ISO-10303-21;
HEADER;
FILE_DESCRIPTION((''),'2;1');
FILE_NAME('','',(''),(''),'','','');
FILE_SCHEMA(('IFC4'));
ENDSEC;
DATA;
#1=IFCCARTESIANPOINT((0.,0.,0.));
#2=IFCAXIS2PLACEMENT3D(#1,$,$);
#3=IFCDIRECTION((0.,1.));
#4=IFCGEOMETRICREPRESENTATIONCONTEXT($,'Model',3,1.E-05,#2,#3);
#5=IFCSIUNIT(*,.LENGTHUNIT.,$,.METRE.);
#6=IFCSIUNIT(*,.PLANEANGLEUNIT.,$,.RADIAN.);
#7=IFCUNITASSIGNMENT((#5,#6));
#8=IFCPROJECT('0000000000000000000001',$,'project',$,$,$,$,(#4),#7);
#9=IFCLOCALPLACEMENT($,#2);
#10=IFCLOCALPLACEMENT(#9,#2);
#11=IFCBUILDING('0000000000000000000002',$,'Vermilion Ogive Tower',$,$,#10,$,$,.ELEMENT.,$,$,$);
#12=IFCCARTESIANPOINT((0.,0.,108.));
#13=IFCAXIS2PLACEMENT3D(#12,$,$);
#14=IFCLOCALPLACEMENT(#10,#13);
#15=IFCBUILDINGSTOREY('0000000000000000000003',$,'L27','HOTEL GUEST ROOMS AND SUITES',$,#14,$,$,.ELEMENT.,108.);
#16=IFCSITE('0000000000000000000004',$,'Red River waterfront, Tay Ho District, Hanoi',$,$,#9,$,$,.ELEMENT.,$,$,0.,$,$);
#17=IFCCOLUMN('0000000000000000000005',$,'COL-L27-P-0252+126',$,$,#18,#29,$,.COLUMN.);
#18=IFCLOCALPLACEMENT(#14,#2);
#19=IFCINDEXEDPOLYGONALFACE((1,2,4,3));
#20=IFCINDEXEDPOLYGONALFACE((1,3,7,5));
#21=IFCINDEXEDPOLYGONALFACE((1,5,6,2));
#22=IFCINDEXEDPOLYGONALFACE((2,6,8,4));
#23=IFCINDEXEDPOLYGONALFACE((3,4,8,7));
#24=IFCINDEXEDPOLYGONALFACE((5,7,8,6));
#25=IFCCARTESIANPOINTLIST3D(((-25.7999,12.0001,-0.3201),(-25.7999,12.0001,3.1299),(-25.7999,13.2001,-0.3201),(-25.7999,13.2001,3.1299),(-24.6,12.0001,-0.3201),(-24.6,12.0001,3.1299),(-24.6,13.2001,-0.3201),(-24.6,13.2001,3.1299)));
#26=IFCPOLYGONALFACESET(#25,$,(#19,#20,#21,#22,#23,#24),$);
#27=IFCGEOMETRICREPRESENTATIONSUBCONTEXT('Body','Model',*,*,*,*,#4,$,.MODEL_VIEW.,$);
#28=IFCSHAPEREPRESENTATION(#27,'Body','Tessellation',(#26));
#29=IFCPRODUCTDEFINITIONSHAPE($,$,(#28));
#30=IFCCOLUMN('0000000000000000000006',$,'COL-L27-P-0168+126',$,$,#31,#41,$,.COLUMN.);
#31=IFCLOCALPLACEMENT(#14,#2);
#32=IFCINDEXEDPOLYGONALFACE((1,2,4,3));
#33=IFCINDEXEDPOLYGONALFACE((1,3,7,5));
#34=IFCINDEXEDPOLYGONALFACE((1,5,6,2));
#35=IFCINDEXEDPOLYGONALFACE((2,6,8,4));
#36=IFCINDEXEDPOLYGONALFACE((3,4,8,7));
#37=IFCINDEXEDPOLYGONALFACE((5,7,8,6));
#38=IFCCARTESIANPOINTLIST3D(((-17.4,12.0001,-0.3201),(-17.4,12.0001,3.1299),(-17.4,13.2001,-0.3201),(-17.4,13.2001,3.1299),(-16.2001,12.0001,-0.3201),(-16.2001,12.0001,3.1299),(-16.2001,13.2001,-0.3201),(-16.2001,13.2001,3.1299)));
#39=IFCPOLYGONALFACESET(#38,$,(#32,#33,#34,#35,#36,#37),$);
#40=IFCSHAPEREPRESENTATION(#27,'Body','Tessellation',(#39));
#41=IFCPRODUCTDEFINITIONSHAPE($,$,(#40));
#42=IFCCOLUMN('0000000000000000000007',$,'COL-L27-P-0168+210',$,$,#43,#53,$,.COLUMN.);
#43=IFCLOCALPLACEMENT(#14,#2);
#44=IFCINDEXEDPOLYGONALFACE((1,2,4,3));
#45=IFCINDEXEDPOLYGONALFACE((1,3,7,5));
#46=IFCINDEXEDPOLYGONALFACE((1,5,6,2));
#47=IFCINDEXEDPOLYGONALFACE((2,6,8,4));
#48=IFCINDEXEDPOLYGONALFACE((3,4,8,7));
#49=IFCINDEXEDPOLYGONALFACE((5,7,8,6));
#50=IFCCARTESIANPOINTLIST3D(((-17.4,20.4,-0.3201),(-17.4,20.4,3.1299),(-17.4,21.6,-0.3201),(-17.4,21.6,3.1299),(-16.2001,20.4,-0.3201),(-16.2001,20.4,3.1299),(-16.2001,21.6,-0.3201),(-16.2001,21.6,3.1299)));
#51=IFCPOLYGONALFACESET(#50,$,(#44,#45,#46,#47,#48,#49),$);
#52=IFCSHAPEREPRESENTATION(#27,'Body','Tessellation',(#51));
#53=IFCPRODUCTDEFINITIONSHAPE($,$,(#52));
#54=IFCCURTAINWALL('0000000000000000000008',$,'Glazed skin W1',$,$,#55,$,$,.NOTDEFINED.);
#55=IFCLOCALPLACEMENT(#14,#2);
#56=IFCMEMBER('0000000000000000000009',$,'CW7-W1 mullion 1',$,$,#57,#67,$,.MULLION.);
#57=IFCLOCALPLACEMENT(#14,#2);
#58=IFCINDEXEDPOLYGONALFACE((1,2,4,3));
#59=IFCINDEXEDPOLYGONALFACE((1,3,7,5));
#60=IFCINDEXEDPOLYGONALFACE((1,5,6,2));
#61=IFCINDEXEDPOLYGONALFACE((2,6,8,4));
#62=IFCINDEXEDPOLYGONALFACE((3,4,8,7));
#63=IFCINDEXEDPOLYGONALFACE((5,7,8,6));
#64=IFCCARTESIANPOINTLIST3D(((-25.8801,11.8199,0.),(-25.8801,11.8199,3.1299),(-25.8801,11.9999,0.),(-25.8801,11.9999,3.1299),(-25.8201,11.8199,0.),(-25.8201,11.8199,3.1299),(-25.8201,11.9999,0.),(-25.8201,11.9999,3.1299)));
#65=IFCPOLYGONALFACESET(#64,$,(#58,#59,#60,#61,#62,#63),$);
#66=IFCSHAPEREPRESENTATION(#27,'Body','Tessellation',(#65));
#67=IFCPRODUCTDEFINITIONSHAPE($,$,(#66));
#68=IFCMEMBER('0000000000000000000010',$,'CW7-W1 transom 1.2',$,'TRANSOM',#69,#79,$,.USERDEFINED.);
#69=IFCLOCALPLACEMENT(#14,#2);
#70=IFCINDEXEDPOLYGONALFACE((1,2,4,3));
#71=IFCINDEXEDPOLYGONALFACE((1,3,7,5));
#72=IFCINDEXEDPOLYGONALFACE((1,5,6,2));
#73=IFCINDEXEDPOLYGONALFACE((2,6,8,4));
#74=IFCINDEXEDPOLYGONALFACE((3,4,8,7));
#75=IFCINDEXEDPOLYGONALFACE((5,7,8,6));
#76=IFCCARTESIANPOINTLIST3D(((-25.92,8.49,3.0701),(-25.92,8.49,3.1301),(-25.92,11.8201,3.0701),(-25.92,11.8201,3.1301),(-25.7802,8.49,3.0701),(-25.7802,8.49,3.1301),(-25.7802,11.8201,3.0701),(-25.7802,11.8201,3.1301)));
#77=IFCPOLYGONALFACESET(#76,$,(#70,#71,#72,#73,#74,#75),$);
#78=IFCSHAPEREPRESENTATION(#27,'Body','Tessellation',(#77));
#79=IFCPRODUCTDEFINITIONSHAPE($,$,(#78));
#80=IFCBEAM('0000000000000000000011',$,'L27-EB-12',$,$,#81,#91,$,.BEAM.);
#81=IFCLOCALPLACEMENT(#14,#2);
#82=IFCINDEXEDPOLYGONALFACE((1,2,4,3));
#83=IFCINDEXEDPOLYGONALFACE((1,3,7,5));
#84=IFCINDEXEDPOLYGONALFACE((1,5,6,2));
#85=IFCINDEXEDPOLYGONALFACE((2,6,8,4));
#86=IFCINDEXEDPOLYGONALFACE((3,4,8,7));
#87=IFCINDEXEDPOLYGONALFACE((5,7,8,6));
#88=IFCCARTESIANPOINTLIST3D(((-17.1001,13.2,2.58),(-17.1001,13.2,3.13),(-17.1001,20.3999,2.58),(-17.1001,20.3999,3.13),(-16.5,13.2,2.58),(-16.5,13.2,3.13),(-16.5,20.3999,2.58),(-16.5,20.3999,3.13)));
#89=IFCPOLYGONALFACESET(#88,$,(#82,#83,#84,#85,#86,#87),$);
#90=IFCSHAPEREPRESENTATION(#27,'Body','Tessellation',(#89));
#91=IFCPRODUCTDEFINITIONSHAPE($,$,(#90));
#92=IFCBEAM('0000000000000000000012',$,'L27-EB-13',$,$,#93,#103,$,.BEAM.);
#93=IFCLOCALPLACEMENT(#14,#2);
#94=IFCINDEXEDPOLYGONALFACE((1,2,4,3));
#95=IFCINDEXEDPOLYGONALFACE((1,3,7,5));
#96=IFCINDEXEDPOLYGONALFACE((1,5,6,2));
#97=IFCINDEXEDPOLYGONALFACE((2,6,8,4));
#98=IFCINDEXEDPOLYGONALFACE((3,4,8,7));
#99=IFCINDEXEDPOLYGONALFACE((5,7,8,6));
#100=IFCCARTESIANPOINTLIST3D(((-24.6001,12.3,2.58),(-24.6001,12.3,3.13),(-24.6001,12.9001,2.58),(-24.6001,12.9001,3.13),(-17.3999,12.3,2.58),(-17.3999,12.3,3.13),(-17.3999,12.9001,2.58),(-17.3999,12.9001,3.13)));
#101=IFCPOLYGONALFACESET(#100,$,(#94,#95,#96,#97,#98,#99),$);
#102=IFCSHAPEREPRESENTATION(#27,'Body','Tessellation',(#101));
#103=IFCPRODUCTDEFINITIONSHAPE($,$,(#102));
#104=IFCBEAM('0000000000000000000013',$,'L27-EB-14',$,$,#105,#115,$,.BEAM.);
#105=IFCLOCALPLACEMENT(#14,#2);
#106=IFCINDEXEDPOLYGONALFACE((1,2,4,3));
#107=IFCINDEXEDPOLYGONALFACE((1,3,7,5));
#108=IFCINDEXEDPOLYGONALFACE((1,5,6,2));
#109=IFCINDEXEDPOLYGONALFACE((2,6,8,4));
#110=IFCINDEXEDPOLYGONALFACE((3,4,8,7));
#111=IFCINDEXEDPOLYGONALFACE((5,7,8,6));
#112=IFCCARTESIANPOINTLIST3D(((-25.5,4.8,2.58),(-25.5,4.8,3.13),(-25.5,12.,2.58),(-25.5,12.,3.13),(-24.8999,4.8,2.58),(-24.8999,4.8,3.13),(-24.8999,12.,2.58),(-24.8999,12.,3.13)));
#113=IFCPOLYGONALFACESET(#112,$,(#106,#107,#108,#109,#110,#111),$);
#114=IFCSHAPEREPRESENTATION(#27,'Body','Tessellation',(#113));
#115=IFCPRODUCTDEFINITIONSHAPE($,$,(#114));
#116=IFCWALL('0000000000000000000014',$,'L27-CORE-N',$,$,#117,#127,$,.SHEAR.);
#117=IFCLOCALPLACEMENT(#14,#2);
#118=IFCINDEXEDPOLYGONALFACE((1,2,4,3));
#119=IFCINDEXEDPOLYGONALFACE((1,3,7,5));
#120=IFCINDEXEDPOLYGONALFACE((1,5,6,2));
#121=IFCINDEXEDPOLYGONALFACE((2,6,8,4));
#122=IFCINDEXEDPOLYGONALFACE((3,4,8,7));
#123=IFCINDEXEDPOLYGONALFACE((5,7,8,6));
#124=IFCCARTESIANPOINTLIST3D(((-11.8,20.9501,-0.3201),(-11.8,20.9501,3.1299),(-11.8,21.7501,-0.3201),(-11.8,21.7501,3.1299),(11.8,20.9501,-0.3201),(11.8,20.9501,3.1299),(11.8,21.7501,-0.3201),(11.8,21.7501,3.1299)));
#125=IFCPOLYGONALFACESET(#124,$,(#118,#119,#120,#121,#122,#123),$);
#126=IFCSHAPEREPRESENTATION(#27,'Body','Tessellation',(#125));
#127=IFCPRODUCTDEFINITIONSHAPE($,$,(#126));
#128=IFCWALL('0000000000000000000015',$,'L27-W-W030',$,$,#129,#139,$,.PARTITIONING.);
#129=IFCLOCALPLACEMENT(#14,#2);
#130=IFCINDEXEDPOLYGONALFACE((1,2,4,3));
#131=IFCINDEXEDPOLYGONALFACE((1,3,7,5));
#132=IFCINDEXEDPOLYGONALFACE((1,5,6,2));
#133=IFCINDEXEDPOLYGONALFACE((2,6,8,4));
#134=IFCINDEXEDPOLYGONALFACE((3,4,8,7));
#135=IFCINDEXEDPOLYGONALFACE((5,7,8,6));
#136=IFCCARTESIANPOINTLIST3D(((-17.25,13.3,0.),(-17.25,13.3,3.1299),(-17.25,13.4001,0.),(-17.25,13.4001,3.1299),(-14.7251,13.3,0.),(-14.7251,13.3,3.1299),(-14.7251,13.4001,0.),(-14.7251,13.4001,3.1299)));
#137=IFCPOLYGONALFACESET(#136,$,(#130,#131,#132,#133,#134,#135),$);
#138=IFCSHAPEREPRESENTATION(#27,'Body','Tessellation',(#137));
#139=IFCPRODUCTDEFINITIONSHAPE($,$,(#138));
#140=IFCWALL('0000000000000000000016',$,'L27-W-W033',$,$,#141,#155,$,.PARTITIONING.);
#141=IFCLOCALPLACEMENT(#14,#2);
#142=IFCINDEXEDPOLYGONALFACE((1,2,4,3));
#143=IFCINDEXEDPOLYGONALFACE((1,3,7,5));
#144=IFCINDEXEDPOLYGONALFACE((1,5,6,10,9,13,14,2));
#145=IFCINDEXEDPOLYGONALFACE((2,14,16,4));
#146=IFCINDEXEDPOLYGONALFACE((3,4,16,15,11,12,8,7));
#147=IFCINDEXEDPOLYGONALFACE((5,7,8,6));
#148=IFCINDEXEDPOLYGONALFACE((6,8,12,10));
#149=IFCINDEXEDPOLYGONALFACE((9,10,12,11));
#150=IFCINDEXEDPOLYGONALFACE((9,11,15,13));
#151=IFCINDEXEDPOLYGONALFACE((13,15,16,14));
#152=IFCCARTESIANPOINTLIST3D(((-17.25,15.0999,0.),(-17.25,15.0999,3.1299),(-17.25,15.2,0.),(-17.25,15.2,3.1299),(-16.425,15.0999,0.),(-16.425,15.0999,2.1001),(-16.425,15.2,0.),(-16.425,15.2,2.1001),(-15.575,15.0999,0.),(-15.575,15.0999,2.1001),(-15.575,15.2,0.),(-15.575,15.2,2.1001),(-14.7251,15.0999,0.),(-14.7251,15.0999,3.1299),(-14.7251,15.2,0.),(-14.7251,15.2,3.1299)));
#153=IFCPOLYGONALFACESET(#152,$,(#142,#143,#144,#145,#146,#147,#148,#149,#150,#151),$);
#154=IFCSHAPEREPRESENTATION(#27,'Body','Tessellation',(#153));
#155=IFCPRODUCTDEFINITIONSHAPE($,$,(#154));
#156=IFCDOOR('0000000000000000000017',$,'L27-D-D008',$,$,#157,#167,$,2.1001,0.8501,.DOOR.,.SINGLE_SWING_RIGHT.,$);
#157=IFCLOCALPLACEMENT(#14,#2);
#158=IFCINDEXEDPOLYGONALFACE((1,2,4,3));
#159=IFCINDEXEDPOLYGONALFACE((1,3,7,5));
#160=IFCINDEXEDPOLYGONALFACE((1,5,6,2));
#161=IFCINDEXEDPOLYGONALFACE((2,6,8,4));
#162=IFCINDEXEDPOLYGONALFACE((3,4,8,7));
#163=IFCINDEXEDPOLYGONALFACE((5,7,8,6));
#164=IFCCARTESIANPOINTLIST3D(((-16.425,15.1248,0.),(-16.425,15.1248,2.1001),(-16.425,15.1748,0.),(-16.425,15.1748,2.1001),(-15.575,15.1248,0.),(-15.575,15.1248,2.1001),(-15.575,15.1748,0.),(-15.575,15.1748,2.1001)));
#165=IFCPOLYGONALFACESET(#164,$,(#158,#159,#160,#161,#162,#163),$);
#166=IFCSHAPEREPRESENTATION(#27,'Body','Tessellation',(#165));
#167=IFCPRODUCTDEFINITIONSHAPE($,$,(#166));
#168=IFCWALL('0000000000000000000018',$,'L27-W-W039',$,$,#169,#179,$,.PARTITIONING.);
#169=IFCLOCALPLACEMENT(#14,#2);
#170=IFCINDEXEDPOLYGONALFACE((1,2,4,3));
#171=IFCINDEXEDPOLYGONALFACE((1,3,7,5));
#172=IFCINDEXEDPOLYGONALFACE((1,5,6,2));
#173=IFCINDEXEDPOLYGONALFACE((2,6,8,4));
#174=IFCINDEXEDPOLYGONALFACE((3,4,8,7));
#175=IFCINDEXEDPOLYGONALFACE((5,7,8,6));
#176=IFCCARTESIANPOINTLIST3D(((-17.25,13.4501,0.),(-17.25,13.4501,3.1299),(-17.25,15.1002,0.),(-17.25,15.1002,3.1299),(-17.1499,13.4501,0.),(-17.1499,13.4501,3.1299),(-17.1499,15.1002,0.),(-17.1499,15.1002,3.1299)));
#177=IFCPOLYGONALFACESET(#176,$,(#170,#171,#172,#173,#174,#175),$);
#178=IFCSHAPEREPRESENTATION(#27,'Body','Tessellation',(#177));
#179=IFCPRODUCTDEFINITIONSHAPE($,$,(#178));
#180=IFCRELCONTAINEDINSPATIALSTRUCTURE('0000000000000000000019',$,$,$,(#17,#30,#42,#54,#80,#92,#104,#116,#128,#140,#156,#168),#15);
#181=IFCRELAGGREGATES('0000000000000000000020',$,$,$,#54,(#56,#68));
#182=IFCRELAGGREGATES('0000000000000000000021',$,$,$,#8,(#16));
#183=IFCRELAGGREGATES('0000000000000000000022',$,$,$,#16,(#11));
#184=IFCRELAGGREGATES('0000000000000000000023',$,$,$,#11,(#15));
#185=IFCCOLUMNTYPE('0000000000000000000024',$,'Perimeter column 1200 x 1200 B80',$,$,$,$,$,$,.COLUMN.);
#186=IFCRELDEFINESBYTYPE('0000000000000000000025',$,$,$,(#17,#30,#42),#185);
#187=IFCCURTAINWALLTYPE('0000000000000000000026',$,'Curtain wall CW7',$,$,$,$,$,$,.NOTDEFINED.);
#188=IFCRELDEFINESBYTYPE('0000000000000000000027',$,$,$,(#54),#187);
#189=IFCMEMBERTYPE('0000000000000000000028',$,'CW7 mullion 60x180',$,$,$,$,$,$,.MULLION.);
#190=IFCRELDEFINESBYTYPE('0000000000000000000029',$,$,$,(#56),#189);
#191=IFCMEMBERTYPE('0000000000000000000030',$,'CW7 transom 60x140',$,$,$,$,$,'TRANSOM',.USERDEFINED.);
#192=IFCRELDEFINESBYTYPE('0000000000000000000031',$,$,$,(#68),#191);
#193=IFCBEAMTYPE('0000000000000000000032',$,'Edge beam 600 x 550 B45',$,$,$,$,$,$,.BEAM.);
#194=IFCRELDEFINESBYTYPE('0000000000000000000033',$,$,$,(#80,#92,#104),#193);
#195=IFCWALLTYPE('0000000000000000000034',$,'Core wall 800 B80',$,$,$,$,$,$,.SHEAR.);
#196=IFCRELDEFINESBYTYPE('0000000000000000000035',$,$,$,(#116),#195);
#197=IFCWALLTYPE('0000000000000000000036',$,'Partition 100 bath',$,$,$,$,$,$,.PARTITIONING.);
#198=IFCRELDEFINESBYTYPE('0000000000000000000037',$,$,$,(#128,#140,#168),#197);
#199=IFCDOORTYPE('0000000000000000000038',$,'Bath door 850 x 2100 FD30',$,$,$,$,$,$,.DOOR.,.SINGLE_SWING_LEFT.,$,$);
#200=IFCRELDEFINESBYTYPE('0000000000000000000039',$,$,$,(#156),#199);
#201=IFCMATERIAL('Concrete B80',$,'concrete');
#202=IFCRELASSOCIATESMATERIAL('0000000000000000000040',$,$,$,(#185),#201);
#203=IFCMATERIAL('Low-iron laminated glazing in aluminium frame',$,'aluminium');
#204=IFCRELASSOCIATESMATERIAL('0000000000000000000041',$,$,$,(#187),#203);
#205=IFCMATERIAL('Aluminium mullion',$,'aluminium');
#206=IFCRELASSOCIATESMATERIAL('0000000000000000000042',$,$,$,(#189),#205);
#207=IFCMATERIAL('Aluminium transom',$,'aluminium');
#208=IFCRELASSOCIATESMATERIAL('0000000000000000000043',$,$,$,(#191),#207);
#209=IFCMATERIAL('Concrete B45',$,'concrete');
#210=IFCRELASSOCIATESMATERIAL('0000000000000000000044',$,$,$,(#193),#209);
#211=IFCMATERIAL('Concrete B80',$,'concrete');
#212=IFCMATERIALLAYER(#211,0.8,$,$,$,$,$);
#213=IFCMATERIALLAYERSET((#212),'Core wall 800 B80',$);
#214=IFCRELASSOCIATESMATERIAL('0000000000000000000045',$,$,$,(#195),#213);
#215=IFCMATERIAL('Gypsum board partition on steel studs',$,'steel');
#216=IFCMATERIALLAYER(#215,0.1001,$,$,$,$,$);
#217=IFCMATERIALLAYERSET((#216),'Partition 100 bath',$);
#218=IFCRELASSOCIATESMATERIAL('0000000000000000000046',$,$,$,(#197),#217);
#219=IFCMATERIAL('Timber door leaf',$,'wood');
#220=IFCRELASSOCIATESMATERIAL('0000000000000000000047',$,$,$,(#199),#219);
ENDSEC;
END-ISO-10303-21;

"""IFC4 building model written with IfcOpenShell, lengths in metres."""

from ifc_helpers import new_model, si_unit, direction, frame, frame_2d, origin, origin_2d, place, context, subcontext, project, spatial, rectangle, extrude, material, layer, layer_set, material_profile, profile_set, type_object, element, fill, aggregate, save


model = new_model("IFC4")

# Units and contexts
model_context = context("Model", 3, precision=1e-05, world=origin(), true_north=direction((0.0, 1.0)))
body_context = subcontext(model_context, "Body", "Model", "MODEL_VIEW")
ifc_project = project(units=[si_unit("LENGTHUNIT", "METRE"), si_unit("PLANEANGLEUNIT", "RADIAN")], contexts=[model_context])

# Site, building, storey
site_placement = place(None, origin())
site = spatial("IfcSite", under=ifc_project, at=site_placement, Name="Red River waterfront, Tay Ho District, Hanoi", CompositionType="ELEMENT", RefElevation=0.0)
building_placement = place(site_placement, origin())
building = spatial("IfcBuilding", under=site, at=building_placement, Name="Vermilion Ogive Tower", CompositionType="ELEMENT")
storey_placement = place(building_placement, frame((0.0, 0.0, 108.0)))
storey = spatial("IfcBuildingStorey", under=building, at=storey_placement, Name="L27", Description="HOTEL GUEST ROOMS AND SUITES", CompositionType="ELEMENT", Elevation=108.0)

# Columns
ifc_material_1 = material(Name="Concrete B80", Category="concrete")
ifc_material_profile_1 = material_profile(ifc_material_1, rectangle(XDim=1.2, YDim=1.2, at=origin_2d()), Name="1200 x 1200")
ifc_profile_set_1 = profile_set([ifc_material_profile_1], Name="Concrete B80")
column_type = type_object("IfcColumnType", Name="Perimeter column 1200 x 1200 B80", PredefinedType="COLUMN", material=ifc_profile_set_1)
for number, where, z_axis, x_axis, name in (
    (1, (-25.2, 12.6001, -0.3201), (0.0, 0.0, 1.0), (1.0, 0.0, 0.0), "COL-L27-P-0252+126"),
    (2, (-16.8, 12.6001, -0.3201), (0.0, 0.0, 1.0), (1.0, 0.0, 0.0), "COL-L27-P-0168+126"),
    (3, (-16.8, 21.0, -0.3201), (0.0, 0.0, 1.0), (1.0, 0.0, 0.0), "COL-L27-P-0168+210"),
):
    element("IfcColumn", number, at=place(storey_placement, frame(where, z_axis=z_axis, x_axis=x_axis)), inside=storey, type_object=column_type, Name=name, PredefinedType="COLUMN", context=body_context, shape_type="SweptSolid", body=[
        extrude(rectangle(XDim=1.2, YDim=1.2, at=origin_2d()), origin(), (0.0, 0.0, 1.0), 3.45),
    ])

# Curtain wall, members
ifc_material_2 = material(Name="Low-iron laminated glazing in aluminium frame", Category="aluminium")
curtain_wall_type = type_object("IfcCurtainWallType", Name="Curtain wall CW7", PredefinedType="NOTDEFINED", material=ifc_material_2)
curtain_wall_placement = place(storey_placement, origin())
curtain_wall = element("IfcCurtainWall", 4, at=curtain_wall_placement, inside=storey, type_object=curtain_wall_type, Name="Glazed skin W1", PredefinedType="NOTDEFINED")
ifc_material_3 = material(Name="Aluminium mullion", Category="aluminium")
ifc_material_profile_2 = material_profile(ifc_material_3, rectangle(XDim=0.0601, YDim=0.1799, at=origin_2d()), Name="AL 60x180")
ifc_profile_set_2 = profile_set([ifc_material_profile_2], Name="Aluminium mullion")
member_type_1 = type_object("IfcMemberType", Name="CW7 mullion 60x180", PredefinedType="MULLION", material=ifc_profile_set_2)
member_1_placement = place(storey_placement, frame((-25.8501, 11.9099, 0.0), z_axis=(0.0, 0.0, 1.0), x_axis=(1.0, 0.0, 0.0)))
member_1 = element("IfcMember", 5, at=member_1_placement, type_object=member_type_1, Name="CW7-W1 mullion 1", PredefinedType="MULLION", context=body_context, shape_type="SweptSolid", body=[
    extrude(rectangle(XDim=0.0601, YDim=0.1799, at=origin_2d()), origin(), (0.0, 0.0, 1.0), 3.1299),
])
ifc_material_4 = material(Name="Aluminium transom", Category="aluminium")
ifc_material_profile_3 = material_profile(ifc_material_4, rectangle(XDim=0.1399, YDim=0.0601, at=origin_2d()), Name="AL 60x140")
ifc_profile_set_3 = profile_set([ifc_material_profile_3], Name="Aluminium transom")
member_type_2 = type_object("IfcMemberType", Name="CW7 transom 60x140", ElementType="TRANSOM", PredefinedType="USERDEFINED", material=ifc_profile_set_3)
member_2_placement = place(storey_placement, frame((-25.8501, 11.8201, 3.1001), z_axis=(0.0, -1.0, 0.0), x_axis=(1.0, 0.0, 0.0)))
member_2 = element("IfcMember", 6, at=member_2_placement, type_object=member_type_2, Name="CW7-W1 transom 1.2", ObjectType="TRANSOM", PredefinedType="USERDEFINED", context=body_context, shape_type="SweptSolid", body=[
    extrude(rectangle(XDim=0.1399, YDim=0.0601, at=origin_2d()), origin(), (0.0, 0.0, 1.0), 3.3301),
])
aggregate(curtain_wall, [member_1, member_2])

# Beams
ifc_material_5 = material(Name="Concrete B45", Category="concrete")
ifc_material_profile_4 = material_profile(ifc_material_5, rectangle(XDim=0.6001, YDim=0.55, at=origin_2d()), Name="600 x 550")
ifc_profile_set_4 = profile_set([ifc_material_profile_4], Name="Concrete B45")
beam_type = type_object("IfcBeamType", Name="Edge beam 600 x 550 B45", PredefinedType="BEAM", material=ifc_profile_set_4)
beam_1_placement = place(storey_placement, frame((-16.8, 20.3999, 2.855), z_axis=(0.0, -1.0, 0.0), x_axis=(1.0, 0.0, 0.0)))
element("IfcBeam", 7, at=beam_1_placement, inside=storey, type_object=beam_type, Name="L27-EB-12", PredefinedType="BEAM", context=body_context, shape_type="SweptSolid", body=[
    extrude(rectangle(XDim=0.6001, YDim=0.55, at=origin_2d()), origin(), (0.0, 0.0, 1.0), 7.2),
])
beam_2_placement = place(storey_placement, frame((-17.3999, 12.6001, 2.855), z_axis=(-1.0, 0.0, 0.0), x_axis=(0.0, -1.0, 0.0)))
element("IfcBeam", 8, at=beam_2_placement, inside=storey, type_object=beam_type, Name="L27-EB-13", PredefinedType="BEAM", context=body_context, shape_type="SweptSolid", body=[
    extrude(rectangle(XDim=0.6001, YDim=0.55, at=origin_2d()), origin(), (0.0, 0.0, 1.0), 7.2002),
])
beam_3_placement = place(storey_placement, frame((-25.2, 12.0, 2.855), z_axis=(0.0, -1.0, 0.0), x_axis=(1.0, 0.0, 0.0)))
element("IfcBeam", 9, at=beam_3_placement, inside=storey, type_object=beam_type, Name="L27-EB-14", PredefinedType="BEAM", context=body_context, shape_type="SweptSolid", body=[
    extrude(rectangle(XDim=0.6001, YDim=0.55, at=origin_2d()), origin(), (0.0, 0.0, 1.0), 7.2),
])

# Walls
ifc_material_6 = material(Name="Concrete B80", Category="concrete")
ifc_layer_1 = layer(ifc_material_6, 0.8)
ifc_layer_set_1 = layer_set([ifc_layer_1], Name="Core wall 800 B80")
wall_type_1 = type_object("IfcWallType", Name="Core wall 800 B80", PredefinedType="SHEAR", material=ifc_layer_set_1)
wall_1_placement = place(storey_placement, frame((-11.8, 21.3501, -0.3201), z_axis=(0.0, 0.0, 1.0), x_axis=(1.0, 0.0, 0.0)))
element("IfcWall", 10, at=wall_1_placement, inside=storey, type_object=wall_type_1, Name="L27-CORE-N", PredefinedType="SHEAR", context=body_context, shape_type="SweptSolid", body=[
    extrude(rectangle(XDim=23.6001, YDim=0.8, at=frame_2d((11.8, 0.0))), origin(), (0.0, 0.0, 1.0), 3.45),
])
ifc_material_7 = material(Name="Gypsum board partition on steel studs", Category="steel")
ifc_layer_2 = layer(ifc_material_7, 0.1001)
ifc_layer_set_2 = layer_set([ifc_layer_2], Name="Partition 100 bath")
wall_type_2 = type_object("IfcWallType", Name="Partition 100 bath", PredefinedType="PARTITIONING", material=ifc_layer_set_2)
wall_2_placement = place(storey_placement, frame((-17.25, 13.3501, 0.0), z_axis=(0.0, 0.0, 1.0), x_axis=(1.0, 0.0, 0.0)))
element("IfcWall", 11, at=wall_2_placement, inside=storey, type_object=wall_type_2, Name="L27-W-W030", PredefinedType="PARTITIONING", context=body_context, shape_type="SweptSolid", body=[
    extrude(rectangle(XDim=2.5249, YDim=0.1001, at=frame_2d((1.2625, 0.0))), origin(), (0.0, 0.0, 1.0), 3.1299),
])

# Wall, opening, door
wall_3_placement = place(storey_placement, frame((-17.25, 15.1499, 0.0), z_axis=(0.0, 0.0, 1.0), x_axis=(1.0, 0.0, 0.0)))
wall_3 = element("IfcWall", 12, at=wall_3_placement, inside=storey, type_object=wall_type_2, Name="L27-W-W033", PredefinedType="PARTITIONING", context=body_context, shape_type="SweptSolid", body=[
    extrude(rectangle(XDim=2.5249, YDim=0.1001, at=frame_2d((1.2625, 0.0))), origin(), (0.0, 0.0, 1.0), 3.1299),
])
opening_1_placement = place(wall_3_placement, frame((0.825, 0.0, 0.0)))
opening_1 = element("IfcOpeningElement", 13, at=opening_1_placement, cuts=wall_3, PredefinedType="OPENING", context=body_context, shape_type="SweptSolid", body=[
    extrude(rectangle(XDim=0.8501, YDim=2.1001, at=frame_2d((0.425, 1.05))), frame((0.0, 0.0601, 0.0), z_axis=(0.0, -1.0, 0.0), x_axis=(1.0, 0.0, 0.0)), (0.0, 0.0, 1.0), 0.1201),
])
ifc_material_8 = material(Name="Timber door leaf", Category="wood")
door_type_1 = type_object("IfcDoorType", Name="Bath door 850 x 2100 FD30", OperationType="SINGLE_SWING_LEFT", PredefinedType="DOOR", material=ifc_material_8)
door_1_placement = place(opening_1_placement, origin())
door_1 = element("IfcDoor", 14, at=door_1_placement, inside=storey, type_object=door_type_1, Name="L27-D-D008", OperationType="SINGLE_SWING_RIGHT", OverallHeight=2.1001, OverallWidth=0.8501, PredefinedType="DOOR", context=body_context, shape_type="SweptSolid", body=[
    extrude(rectangle(XDim=0.8501, YDim=2.1001, at=frame_2d((0.425, 1.05))), frame((0.0, 0.0249, 0.0), z_axis=(0.0, -1.0, 0.0), x_axis=(1.0, 0.0, 0.0)), (0.0, 0.0, 1.0), 0.05),
])
fill(opening_1, door_1)

# Wall
wall_4_placement = place(storey_placement, frame((-17.2, 13.45, 0.0), z_axis=(0.0, 0.0, 1.0), x_axis=(0.0, 1.0, 0.0)))
element("IfcWall", 15, at=wall_4_placement, inside=storey, type_object=wall_type_2, Name="L27-W-W039", PredefinedType="PARTITIONING", context=body_context, shape_type="SweptSolid", body=[
    extrude(rectangle(XDim=1.6501, YDim=0.1001, at=frame_2d((0.8252, 0.0))), origin(), (0.0, 0.0, 1.0), 3.1299),
])

save(model, "model.ifc")
